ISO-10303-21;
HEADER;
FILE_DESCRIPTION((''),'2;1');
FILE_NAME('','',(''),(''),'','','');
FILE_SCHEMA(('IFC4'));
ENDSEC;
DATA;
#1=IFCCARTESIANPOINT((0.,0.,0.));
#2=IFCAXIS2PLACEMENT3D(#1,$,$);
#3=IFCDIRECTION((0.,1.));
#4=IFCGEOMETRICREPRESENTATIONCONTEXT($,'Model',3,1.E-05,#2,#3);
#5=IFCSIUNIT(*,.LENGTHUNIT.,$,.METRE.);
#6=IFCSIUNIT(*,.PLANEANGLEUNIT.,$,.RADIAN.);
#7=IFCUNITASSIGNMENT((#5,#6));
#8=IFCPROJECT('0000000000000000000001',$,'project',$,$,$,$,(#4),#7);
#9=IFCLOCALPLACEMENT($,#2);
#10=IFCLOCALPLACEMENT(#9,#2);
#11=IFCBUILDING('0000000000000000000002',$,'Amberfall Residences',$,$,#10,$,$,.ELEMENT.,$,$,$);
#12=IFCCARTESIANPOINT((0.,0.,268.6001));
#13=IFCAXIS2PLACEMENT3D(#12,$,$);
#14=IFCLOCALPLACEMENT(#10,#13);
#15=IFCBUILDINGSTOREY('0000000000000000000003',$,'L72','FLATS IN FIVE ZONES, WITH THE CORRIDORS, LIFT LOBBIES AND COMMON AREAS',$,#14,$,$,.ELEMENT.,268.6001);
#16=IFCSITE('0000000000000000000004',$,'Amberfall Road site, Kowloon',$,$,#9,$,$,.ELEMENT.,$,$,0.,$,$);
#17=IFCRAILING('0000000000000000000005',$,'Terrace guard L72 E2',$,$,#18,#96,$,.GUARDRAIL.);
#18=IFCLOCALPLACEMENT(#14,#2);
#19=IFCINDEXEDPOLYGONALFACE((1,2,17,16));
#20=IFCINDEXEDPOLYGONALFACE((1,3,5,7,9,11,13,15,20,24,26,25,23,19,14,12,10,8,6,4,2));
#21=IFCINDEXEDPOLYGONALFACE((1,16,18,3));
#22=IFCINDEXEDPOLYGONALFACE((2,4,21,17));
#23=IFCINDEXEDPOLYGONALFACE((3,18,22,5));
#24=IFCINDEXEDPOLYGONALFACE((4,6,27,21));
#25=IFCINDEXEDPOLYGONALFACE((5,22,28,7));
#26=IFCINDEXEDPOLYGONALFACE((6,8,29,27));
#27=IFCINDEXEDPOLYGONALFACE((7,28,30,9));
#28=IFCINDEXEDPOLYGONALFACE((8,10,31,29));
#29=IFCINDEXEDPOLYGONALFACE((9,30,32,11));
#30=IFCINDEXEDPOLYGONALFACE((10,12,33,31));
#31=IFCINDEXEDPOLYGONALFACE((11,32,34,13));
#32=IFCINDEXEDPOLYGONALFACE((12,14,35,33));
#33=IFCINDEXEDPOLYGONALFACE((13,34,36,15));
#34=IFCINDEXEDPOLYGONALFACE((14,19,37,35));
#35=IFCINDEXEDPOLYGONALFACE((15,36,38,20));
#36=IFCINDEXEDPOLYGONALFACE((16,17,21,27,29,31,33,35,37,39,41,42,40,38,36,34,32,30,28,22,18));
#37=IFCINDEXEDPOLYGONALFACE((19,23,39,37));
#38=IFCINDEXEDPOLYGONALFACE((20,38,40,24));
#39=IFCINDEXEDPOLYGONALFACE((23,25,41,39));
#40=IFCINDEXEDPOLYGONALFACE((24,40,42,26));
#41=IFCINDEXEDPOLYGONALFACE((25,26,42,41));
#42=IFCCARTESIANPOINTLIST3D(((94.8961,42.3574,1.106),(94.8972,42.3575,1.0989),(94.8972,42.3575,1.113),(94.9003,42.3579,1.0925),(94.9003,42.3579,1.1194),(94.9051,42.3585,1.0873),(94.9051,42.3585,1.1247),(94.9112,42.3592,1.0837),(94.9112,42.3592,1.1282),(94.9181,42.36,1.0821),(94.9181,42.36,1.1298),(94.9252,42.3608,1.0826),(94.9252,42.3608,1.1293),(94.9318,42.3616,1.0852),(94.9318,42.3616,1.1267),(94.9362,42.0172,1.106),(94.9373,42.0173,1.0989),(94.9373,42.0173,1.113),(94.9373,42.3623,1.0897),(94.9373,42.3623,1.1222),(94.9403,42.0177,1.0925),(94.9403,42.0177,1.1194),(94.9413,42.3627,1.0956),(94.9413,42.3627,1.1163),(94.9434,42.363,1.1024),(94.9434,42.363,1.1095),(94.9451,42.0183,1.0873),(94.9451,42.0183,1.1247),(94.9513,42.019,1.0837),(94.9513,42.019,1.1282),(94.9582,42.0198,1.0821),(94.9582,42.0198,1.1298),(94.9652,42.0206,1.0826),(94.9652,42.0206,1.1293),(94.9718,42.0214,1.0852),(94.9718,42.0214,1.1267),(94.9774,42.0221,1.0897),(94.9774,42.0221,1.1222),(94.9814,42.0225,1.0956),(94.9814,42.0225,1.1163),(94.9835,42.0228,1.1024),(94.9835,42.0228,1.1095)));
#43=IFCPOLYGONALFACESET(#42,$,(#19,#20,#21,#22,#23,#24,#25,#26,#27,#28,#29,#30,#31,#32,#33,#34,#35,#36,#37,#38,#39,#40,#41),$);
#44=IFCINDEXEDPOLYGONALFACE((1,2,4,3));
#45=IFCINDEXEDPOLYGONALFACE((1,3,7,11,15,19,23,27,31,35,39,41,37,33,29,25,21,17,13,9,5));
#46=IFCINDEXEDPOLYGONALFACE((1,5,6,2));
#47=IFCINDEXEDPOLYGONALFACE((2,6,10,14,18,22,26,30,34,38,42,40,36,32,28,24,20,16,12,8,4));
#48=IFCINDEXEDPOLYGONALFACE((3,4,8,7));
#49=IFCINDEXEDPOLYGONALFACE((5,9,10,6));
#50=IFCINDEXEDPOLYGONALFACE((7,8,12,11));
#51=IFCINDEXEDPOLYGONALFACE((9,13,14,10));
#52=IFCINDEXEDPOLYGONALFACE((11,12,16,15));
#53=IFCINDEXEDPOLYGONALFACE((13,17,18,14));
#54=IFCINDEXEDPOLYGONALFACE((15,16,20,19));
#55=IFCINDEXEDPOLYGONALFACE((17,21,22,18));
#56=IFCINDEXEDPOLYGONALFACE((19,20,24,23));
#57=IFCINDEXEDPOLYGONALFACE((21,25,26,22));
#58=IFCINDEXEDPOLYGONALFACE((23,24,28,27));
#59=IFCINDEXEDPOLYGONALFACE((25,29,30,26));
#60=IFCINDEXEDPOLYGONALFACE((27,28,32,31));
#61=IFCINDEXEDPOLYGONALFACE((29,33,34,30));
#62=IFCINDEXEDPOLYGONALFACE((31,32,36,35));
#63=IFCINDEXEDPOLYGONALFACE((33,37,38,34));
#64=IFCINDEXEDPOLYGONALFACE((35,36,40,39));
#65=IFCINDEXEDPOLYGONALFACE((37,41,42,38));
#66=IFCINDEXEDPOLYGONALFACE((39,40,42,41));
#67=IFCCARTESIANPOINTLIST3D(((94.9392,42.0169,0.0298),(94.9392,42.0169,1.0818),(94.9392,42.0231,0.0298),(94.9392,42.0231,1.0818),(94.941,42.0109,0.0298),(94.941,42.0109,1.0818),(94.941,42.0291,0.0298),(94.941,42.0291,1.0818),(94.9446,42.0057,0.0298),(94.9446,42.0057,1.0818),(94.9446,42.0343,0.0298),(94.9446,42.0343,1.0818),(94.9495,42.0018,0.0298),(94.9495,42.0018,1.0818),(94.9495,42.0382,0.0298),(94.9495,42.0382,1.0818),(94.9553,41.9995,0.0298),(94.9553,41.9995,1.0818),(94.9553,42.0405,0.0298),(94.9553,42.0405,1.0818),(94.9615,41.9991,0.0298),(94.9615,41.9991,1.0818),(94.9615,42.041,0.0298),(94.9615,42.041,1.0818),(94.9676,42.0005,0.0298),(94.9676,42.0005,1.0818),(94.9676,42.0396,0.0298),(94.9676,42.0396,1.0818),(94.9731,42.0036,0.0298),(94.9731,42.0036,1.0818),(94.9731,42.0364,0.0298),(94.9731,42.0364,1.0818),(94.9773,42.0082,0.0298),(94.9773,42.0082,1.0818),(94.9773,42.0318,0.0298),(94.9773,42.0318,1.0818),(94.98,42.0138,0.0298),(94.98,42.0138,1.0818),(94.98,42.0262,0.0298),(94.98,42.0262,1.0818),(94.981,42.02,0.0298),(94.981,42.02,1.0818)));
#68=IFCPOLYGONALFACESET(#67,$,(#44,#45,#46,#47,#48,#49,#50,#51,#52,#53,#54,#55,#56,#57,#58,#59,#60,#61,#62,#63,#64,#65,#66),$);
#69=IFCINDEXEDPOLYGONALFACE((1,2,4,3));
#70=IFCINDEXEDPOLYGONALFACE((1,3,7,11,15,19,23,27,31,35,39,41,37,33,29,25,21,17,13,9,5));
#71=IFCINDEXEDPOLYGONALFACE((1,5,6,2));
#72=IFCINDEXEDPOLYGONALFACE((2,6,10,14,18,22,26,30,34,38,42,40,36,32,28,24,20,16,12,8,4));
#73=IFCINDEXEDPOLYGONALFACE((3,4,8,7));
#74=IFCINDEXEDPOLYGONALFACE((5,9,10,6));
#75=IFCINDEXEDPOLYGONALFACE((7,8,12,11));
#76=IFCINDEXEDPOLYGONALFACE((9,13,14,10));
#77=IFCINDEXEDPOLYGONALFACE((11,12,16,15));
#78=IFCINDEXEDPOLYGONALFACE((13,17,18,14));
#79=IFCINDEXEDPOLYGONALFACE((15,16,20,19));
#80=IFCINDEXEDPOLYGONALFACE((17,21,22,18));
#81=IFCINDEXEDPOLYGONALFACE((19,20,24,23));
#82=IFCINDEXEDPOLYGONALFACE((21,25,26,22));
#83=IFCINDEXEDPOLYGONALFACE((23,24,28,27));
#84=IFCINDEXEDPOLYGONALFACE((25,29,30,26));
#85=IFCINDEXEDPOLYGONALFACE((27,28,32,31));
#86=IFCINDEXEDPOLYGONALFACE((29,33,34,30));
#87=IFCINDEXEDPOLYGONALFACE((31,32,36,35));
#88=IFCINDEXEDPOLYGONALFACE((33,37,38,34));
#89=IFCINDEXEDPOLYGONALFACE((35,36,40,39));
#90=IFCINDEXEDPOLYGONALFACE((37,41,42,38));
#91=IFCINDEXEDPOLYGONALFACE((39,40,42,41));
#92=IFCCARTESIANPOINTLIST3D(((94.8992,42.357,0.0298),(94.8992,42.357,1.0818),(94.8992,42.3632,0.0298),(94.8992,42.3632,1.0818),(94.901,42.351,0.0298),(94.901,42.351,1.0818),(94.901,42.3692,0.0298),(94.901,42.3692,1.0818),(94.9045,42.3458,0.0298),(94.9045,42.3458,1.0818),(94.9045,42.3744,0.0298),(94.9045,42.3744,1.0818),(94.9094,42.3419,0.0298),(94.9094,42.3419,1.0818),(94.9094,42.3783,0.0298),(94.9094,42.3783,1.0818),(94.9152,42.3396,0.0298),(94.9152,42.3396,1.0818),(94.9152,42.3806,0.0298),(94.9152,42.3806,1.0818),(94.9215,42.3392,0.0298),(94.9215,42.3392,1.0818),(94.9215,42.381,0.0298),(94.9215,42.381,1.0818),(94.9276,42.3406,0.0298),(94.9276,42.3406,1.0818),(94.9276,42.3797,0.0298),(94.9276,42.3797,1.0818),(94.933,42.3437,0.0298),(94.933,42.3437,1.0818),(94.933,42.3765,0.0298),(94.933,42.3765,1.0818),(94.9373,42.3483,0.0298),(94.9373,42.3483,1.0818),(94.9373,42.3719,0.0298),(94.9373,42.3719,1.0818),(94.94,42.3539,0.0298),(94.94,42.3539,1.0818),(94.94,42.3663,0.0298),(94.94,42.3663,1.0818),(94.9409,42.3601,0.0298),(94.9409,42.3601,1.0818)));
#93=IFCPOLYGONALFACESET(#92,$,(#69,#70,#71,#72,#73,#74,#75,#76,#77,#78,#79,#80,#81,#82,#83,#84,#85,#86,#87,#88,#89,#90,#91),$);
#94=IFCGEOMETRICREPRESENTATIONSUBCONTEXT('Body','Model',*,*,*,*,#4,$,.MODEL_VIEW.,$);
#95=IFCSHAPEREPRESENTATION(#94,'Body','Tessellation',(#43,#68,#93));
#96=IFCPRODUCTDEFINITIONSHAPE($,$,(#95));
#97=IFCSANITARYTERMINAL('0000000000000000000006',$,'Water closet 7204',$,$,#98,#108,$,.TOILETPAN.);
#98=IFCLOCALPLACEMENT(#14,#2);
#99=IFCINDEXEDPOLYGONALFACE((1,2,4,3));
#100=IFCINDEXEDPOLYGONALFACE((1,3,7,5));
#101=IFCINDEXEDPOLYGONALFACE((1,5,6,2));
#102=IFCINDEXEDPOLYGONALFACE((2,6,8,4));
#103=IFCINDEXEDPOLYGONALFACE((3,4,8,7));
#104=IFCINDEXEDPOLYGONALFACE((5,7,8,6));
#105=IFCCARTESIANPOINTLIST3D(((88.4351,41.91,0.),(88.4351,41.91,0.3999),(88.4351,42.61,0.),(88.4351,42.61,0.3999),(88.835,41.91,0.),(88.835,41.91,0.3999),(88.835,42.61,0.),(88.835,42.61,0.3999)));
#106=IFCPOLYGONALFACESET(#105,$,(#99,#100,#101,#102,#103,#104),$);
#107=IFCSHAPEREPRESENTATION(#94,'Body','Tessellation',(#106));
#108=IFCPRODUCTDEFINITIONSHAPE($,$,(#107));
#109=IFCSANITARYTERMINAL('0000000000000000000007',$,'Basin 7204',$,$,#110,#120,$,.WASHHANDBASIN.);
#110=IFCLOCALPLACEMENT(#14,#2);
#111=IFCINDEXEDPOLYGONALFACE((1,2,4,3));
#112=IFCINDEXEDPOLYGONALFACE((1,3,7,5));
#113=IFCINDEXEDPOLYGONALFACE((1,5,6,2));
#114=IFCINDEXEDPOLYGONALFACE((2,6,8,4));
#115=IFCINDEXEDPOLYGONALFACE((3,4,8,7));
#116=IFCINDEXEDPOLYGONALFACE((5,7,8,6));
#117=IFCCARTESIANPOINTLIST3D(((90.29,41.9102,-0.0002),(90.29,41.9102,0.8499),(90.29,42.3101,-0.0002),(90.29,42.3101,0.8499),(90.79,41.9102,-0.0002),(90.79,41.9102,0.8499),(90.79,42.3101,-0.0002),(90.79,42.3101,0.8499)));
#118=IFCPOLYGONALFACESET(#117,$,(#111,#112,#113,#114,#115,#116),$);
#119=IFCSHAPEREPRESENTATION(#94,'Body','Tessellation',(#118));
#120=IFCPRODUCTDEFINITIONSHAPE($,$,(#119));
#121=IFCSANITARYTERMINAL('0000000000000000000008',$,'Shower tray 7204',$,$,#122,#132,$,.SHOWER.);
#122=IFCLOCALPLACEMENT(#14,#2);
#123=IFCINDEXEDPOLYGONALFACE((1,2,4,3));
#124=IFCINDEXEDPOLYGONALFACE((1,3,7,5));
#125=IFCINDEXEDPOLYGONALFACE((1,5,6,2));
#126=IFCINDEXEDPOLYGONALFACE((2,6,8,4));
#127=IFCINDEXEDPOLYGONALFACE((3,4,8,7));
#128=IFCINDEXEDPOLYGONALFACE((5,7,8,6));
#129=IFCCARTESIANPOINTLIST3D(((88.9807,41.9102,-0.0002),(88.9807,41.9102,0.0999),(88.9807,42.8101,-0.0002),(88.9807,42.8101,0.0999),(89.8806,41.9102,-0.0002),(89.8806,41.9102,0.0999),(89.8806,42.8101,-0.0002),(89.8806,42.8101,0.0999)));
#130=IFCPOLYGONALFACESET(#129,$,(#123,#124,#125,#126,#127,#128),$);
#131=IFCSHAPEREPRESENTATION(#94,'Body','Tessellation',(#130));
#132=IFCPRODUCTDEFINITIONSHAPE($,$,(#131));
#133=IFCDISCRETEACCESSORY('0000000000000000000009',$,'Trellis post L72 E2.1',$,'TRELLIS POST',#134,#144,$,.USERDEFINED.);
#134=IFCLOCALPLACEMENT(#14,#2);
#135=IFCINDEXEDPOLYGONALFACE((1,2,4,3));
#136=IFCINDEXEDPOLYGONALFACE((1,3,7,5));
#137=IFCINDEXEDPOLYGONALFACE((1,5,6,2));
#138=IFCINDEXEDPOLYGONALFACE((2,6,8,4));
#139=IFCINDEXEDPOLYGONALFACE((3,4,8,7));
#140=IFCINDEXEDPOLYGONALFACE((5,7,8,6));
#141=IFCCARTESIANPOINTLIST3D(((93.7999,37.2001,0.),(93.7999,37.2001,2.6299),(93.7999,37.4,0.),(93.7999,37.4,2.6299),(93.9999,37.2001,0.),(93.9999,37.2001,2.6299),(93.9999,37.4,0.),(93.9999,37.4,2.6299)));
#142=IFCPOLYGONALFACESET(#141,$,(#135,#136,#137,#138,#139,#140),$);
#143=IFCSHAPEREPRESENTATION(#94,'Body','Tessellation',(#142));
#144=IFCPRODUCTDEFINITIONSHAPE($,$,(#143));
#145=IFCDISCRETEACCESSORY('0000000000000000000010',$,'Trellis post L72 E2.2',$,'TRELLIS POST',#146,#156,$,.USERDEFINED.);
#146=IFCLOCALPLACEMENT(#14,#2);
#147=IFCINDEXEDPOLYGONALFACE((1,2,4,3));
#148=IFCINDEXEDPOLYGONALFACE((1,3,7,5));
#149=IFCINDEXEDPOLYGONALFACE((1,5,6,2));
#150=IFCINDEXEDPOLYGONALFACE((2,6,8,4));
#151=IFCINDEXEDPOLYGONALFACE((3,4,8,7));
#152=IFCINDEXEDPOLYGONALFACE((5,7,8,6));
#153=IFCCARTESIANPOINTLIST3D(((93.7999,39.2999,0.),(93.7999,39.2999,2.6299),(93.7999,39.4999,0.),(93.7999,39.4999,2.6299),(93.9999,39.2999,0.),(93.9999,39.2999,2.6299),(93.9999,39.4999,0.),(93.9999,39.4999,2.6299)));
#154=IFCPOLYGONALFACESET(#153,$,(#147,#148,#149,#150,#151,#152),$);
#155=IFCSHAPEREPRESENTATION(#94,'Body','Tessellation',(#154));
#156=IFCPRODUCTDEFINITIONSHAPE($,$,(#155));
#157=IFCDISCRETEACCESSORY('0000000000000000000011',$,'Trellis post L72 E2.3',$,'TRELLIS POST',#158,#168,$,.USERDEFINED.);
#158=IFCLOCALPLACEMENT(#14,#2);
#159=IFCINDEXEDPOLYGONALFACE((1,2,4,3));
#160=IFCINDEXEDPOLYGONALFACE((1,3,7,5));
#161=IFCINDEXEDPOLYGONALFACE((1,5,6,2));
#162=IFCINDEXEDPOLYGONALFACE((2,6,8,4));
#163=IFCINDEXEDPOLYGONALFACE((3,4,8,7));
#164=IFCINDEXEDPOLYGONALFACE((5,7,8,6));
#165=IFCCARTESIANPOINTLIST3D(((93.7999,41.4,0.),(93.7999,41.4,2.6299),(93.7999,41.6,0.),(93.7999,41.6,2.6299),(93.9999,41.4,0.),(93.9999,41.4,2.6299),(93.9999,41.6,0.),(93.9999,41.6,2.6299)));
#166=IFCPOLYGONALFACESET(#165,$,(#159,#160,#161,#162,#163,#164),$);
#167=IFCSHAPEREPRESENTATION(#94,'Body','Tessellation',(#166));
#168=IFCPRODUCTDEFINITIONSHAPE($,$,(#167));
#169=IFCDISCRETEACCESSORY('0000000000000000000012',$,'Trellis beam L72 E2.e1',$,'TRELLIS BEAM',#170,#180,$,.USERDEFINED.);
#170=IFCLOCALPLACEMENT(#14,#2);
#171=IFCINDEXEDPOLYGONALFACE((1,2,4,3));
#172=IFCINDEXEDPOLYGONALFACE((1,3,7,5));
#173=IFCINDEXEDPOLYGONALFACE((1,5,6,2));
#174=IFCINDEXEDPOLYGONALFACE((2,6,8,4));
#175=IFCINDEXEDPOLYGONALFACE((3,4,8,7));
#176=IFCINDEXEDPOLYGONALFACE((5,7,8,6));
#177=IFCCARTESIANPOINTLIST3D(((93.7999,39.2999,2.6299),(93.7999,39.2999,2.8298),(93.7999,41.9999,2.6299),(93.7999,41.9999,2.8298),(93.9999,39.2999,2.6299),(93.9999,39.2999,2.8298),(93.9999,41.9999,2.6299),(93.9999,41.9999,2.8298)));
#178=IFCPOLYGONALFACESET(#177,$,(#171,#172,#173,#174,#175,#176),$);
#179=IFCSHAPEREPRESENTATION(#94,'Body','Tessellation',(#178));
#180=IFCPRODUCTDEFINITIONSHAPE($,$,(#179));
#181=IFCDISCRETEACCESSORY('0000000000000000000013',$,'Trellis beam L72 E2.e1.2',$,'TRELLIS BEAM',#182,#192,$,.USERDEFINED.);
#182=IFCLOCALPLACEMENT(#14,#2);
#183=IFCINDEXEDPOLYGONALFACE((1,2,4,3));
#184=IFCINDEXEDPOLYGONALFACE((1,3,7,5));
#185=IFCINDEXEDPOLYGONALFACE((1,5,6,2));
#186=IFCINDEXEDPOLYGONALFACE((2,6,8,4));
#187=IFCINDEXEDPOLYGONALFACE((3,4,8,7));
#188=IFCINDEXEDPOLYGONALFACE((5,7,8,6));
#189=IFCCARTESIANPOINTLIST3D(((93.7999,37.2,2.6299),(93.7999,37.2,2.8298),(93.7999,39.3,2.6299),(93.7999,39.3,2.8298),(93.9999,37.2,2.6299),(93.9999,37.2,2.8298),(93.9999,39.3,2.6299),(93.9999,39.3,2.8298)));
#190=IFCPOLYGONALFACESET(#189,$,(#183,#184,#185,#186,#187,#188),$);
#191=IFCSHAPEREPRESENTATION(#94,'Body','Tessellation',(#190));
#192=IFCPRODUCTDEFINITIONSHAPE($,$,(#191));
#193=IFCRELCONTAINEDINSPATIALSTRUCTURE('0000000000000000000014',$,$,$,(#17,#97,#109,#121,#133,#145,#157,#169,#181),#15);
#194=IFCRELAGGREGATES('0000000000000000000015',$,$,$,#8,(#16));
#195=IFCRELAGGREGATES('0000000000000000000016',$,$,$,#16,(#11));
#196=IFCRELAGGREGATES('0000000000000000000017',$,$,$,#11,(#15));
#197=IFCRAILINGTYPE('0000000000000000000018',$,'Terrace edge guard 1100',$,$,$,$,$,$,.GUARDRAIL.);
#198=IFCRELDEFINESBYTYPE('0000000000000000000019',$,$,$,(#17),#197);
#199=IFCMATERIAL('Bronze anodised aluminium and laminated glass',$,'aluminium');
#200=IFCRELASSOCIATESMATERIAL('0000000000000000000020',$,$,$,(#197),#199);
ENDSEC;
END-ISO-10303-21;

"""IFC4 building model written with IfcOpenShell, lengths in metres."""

from ifc_helpers import new_model, si_unit, direction, frame, origin, origin_2d, place, context, subcontext, project, spatial, rectangle, circle, extrude, material, type_object, element, save


model = new_model("IFC4")

# Units and contexts
model_context = context("Model", 3, precision=1e-05, world=origin(), true_north=direction((0.0, 1.0)))
body_context = subcontext(model_context, "Body", "Model", "MODEL_VIEW")
ifc_project = project(units=[si_unit("LENGTHUNIT", "METRE"), si_unit("PLANEANGLEUNIT", "RADIAN")], contexts=[model_context])

# Site, building, storey
site_placement = place(None, origin())
site = spatial("IfcSite", under=ifc_project, at=site_placement, Name="Amberfall Road site, Kowloon", CompositionType="ELEMENT", RefElevation=0.0)
building_placement = place(site_placement, origin())
building = spatial("IfcBuilding", under=site, at=building_placement, Name="Amberfall Residences", CompositionType="ELEMENT")
storey_placement = place(building_placement, frame((0.0, 0.0, 268.6001)))
storey = spatial("IfcBuildingStorey", under=building, at=storey_placement, Name="L72", Description="FLATS IN FIVE ZONES, WITH THE CORRIDORS, LIFT LOBBIES AND COMMON AREAS", CompositionType="ELEMENT", Elevation=268.6001)

# Railing
ifc_material_1 = material(Name="Bronze anodised aluminium and laminated glass", Category="aluminium")
railing_type = type_object("IfcRailingType", Name="Terrace edge guard 1100", PredefinedType="GUARDRAIL", material=ifc_material_1)
railing_placement = place(storey_placement, frame((94.96, 42.02, 0.0298)))
element("IfcRailing", 1, at=railing_placement, inside=storey, type_object=railing_type, Name="Terrace guard L72 E2", PredefinedType="GUARDRAIL", context=body_context, shape_type="SweptSolid", body=[
    extrude(circle(Radius=0.0239, at=origin_2d()), frame((0.0, 0.0, 1.0762), z_axis=(-0.116924, 0.993141, 0.0), x_axis=(-0.993141, -0.116924, 0.0)), (0.0, 0.0, 1.0), 0.3425),
    extrude(circle(Radius=0.021, at=origin_2d()), origin(), (0.0, 0.0, 1.0), 1.052),
    extrude(circle(Radius=0.021, at=origin_2d()), frame((-0.04, 0.3401, 0.0)), (0.0, 0.0, 1.0), 1.052),
])

# Sanitary terminals
sanitary_terminal_1_placement = place(storey_placement, frame((88.635, 42.26, 0.0), z_axis=(0.0, 0.0, 1.0), x_axis=(1.0, 0.0, 0.0)))
element("IfcSanitaryTerminal", 2, at=sanitary_terminal_1_placement, inside=storey, Name="Water closet 7204", PredefinedType="TOILETPAN", context=body_context, shape_type="SweptSolid", body=[
    extrude(rectangle(XDim=0.3999, YDim=0.7, at=origin_2d()), origin(), (0.0, 0.0, 1.0), 0.3999),
])
sanitary_terminal_2_placement = place(storey_placement, frame((90.54, 42.1101, -0.0002), z_axis=(0.0, 0.0, 1.0), x_axis=(1.0, 0.0, 0.0)))
element("IfcSanitaryTerminal", 3, at=sanitary_terminal_2_placement, inside=storey, Name="Basin 7204", PredefinedType="WASHHANDBASIN", context=body_context, shape_type="SweptSolid", body=[
    extrude(rectangle(XDim=0.5, YDim=0.3999, at=origin_2d()), origin(), (0.0, 0.0, 1.0), 0.8501),
])
sanitary_terminal_3_placement = place(storey_placement, frame((89.4307, 42.3601, -0.0002), z_axis=(0.0, 0.0, 1.0), x_axis=(1.0, 0.0, 0.0)))
element("IfcSanitaryTerminal", 4, at=sanitary_terminal_3_placement, inside=storey, Name="Shower tray 7204", PredefinedType="SHOWER", context=body_context, shape_type="SweptSolid", body=[
    extrude(rectangle(XDim=0.8999, YDim=0.8999, at=origin_2d()), origin(), (0.0, 0.0, 1.0), 0.1001),
])

# Discrete accessories
for number, where, z_axis, x_axis, name in (
    (5, (93.8999, 37.3, 0.0), (0.0, 0.0, 1.0), (1.0, 0.0, 0.0), "Trellis post L72 E2.1"),
    (6, (93.8999, 39.3999, 0.0), (0.0, 0.0, 1.0), (1.0, 0.0, 0.0), "Trellis post L72 E2.2"),
    (7, (93.8999, 41.5, 0.0), (0.0, 0.0, 1.0), (1.0, 0.0, 0.0), "Trellis post L72 E2.3"),
):
    element("IfcDiscreteAccessory", number, at=place(storey_placement, frame(where, z_axis=z_axis, x_axis=x_axis)), inside=storey, Name=name, ObjectType="TRELLIS POST", PredefinedType="USERDEFINED", context=body_context, shape_type="SweptSolid", body=[
        extrude(rectangle(XDim=0.2, YDim=0.2, at=origin_2d()), origin(), (0.0, 0.0, 1.0), 2.6299),
    ])
discrete_accessory_1_placement = place(storey_placement, frame((93.8999, 40.6499, 2.6299), z_axis=(0.0, 0.0, 1.0), x_axis=(0.0, 1.0, 0.0)))
element("IfcDiscreteAccessory", 8, at=discrete_accessory_1_placement, inside=storey, Name="Trellis beam L72 E2.e1", ObjectType="TRELLIS BEAM", PredefinedType="USERDEFINED", context=body_context, shape_type="SweptSolid", body=[
    extrude(rectangle(XDim=2.7, YDim=0.2, at=origin_2d()), origin(), (0.0, 0.0, 1.0), 0.2),
])
discrete_accessory_2_placement = place(storey_placement, frame((93.8999, 38.25, 2.6299), z_axis=(0.0, 0.0, 1.0), x_axis=(0.0, 1.0, 0.0)))
element("IfcDiscreteAccessory", 9, at=discrete_accessory_2_placement, inside=storey, Name="Trellis beam L72 E2.e1.2", ObjectType="TRELLIS BEAM", PredefinedType="USERDEFINED", context=body_context, shape_type="SweptSolid", body=[
    extrude(rectangle(XDim=2.1001, YDim=0.2, at=origin_2d()), origin(), (0.0, 0.0, 1.0), 0.2),
])

save(model, "model.ifc")
